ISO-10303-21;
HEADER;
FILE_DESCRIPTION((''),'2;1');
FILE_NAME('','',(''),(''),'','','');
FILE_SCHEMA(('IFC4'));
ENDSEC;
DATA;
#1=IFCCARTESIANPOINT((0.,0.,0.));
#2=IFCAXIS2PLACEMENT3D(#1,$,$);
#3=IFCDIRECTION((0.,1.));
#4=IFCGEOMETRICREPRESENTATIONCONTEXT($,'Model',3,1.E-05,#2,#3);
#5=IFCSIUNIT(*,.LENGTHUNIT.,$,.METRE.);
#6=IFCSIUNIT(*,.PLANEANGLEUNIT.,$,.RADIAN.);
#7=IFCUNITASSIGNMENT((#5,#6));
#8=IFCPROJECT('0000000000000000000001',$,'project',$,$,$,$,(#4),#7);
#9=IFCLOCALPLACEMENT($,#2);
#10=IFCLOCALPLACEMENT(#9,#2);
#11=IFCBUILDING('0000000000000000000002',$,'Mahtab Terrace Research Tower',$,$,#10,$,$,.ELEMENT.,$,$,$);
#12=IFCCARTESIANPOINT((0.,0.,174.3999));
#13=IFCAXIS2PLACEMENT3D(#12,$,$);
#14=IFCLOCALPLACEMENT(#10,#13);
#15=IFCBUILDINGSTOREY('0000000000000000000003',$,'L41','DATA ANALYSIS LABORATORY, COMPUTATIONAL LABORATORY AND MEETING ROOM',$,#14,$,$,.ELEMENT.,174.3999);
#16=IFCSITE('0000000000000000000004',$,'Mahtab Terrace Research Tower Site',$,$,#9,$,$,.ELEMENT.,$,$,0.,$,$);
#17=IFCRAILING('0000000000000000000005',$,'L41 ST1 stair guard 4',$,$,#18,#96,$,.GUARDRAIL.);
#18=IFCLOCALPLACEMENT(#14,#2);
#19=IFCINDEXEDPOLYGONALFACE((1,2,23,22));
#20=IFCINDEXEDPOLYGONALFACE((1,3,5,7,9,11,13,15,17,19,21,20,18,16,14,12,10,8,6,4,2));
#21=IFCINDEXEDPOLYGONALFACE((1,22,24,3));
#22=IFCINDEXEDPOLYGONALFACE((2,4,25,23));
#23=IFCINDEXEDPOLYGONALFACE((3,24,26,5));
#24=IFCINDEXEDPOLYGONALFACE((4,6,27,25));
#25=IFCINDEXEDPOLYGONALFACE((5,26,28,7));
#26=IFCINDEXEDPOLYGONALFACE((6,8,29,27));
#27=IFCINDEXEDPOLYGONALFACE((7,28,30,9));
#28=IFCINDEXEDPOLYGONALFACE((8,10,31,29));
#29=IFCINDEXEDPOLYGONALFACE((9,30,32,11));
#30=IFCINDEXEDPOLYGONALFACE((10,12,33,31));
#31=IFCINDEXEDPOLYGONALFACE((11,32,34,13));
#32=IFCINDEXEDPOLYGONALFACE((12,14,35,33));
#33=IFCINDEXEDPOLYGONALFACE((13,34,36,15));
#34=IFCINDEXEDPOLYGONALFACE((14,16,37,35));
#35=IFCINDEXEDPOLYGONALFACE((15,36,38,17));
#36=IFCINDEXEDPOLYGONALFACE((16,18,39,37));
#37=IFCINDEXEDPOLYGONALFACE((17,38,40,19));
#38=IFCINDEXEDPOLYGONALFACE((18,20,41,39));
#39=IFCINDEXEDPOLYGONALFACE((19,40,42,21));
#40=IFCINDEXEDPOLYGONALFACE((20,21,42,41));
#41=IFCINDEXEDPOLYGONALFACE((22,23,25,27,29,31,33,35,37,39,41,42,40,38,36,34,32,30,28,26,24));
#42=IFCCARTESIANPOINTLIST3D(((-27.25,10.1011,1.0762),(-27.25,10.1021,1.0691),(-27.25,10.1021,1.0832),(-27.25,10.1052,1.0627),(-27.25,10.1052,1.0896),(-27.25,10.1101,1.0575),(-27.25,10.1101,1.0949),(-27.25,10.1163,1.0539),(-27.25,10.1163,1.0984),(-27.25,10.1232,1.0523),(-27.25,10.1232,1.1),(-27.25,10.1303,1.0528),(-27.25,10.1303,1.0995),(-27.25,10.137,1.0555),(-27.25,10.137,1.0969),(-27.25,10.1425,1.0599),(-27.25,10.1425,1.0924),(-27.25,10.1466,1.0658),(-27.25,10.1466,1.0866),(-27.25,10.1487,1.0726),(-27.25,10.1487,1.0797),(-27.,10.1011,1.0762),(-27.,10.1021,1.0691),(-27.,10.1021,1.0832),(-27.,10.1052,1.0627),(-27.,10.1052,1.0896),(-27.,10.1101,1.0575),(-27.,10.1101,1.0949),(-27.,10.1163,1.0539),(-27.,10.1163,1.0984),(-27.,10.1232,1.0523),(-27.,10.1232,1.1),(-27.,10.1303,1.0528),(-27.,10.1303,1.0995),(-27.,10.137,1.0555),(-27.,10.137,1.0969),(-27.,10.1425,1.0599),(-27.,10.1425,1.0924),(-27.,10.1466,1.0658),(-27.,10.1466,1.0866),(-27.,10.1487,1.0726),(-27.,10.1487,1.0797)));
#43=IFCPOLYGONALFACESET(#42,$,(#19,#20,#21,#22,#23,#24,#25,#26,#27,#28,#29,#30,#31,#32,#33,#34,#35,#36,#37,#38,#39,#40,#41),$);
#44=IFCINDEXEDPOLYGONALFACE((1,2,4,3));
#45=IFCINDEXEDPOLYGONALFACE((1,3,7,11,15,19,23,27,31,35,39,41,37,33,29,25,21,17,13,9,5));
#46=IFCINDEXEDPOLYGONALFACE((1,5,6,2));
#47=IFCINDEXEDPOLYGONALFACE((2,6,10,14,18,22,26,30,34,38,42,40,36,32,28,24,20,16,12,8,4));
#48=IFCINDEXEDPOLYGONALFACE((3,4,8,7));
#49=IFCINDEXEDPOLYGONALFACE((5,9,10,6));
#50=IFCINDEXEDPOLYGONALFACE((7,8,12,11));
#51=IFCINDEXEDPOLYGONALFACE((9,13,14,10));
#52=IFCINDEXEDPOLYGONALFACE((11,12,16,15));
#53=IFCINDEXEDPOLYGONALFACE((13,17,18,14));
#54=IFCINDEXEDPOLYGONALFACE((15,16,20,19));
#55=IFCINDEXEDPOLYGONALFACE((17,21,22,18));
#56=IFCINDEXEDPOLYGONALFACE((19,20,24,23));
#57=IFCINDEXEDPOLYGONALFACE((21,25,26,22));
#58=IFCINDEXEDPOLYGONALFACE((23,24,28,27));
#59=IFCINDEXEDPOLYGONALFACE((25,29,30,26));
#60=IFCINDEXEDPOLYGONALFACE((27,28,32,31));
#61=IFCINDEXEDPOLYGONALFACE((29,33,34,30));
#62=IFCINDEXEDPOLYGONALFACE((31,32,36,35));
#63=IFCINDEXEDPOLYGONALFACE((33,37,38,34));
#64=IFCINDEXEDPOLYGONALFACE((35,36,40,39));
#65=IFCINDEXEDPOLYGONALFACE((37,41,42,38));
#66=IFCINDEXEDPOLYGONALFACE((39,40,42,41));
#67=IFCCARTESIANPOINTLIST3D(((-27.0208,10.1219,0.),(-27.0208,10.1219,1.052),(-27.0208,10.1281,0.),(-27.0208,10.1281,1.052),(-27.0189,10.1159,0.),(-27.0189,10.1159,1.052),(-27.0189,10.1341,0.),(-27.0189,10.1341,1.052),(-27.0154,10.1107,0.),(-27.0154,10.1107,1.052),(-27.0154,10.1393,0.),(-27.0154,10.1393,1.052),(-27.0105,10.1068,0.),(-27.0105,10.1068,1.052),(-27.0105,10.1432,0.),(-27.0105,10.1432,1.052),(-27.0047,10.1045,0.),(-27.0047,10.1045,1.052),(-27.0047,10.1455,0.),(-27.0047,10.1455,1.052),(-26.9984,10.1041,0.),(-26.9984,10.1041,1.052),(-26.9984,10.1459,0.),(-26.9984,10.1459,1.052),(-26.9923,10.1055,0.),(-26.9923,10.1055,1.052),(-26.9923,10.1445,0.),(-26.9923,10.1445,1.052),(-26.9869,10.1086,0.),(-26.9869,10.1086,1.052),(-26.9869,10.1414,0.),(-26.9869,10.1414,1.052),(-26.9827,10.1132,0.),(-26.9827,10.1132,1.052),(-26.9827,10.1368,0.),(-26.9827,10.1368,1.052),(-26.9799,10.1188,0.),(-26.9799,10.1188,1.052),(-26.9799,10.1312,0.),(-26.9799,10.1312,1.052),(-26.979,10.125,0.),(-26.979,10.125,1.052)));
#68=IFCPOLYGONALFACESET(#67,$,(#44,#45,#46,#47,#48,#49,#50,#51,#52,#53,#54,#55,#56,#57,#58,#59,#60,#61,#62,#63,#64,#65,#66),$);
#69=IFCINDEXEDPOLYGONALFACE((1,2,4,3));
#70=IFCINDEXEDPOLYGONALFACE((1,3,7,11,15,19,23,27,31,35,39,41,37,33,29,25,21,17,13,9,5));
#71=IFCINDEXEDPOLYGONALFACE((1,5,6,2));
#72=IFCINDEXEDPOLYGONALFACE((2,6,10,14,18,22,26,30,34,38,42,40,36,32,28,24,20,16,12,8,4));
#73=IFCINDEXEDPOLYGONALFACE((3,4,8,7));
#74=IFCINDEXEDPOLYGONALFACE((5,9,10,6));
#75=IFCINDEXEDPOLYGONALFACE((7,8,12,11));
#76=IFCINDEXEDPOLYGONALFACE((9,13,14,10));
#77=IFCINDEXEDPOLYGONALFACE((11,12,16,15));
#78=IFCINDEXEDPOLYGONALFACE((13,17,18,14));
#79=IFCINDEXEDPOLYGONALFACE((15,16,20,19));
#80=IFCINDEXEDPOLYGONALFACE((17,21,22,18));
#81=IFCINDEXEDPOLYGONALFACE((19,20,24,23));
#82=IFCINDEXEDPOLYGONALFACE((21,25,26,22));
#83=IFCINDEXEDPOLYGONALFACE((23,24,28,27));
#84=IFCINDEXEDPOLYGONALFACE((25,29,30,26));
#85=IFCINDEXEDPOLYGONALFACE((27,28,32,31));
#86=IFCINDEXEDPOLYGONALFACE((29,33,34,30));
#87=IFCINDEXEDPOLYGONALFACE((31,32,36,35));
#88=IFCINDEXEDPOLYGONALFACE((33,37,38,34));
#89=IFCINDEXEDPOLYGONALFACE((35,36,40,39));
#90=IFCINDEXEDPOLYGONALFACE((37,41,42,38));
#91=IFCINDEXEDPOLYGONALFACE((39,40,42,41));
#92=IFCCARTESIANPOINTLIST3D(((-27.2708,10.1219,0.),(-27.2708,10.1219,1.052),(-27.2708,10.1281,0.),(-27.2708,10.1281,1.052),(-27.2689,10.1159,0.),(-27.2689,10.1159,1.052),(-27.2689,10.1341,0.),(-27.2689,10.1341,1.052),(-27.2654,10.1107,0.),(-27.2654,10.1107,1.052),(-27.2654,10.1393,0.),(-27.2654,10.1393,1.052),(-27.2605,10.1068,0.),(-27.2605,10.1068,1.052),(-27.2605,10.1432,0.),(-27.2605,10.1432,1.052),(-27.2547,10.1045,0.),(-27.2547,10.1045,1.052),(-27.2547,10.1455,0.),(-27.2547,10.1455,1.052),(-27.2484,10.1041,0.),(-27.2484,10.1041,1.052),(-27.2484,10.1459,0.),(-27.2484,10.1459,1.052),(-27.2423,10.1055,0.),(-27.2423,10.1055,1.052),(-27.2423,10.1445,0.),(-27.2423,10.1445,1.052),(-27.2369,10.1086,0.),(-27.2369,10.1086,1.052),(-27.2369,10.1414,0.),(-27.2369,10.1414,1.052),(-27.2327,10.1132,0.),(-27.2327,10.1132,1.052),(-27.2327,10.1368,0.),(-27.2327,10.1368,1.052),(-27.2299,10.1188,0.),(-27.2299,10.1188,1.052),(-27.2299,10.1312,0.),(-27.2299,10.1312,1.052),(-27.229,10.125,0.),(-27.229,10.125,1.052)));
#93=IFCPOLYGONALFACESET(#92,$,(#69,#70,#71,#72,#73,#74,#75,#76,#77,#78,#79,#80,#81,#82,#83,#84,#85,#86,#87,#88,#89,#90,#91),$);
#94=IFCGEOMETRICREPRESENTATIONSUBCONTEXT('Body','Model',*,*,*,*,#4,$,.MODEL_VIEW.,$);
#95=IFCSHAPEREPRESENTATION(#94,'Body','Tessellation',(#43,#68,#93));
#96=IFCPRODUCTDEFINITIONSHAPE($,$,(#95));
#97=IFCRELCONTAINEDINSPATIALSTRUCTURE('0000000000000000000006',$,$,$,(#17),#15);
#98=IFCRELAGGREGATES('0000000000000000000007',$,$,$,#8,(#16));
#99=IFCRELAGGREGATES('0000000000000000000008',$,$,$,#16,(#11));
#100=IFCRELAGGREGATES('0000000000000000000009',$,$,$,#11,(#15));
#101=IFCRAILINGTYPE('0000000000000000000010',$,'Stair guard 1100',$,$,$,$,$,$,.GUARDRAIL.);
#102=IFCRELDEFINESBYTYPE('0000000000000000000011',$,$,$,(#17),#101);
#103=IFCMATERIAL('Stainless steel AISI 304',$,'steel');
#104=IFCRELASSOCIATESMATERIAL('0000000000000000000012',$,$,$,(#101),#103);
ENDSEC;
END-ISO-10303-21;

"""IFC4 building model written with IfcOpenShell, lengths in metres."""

from ifc_helpers import new_model, si_unit, direction, frame, origin, origin_2d, place, context, subcontext, project, spatial, circle, extrude, material, type_object, element, save


model = new_model("IFC4")

# Units and contexts
model_context = context("Model", 3, precision=1e-05, world=origin(), true_north=direction((0.0, 1.0)))
body_context = subcontext(model_context, "Body", "Model", "MODEL_VIEW")
ifc_project = project(units=[si_unit("LENGTHUNIT", "METRE"), si_unit("PLANEANGLEUNIT", "RADIAN")], contexts=[model_context])

# Site, building, storey
site_placement = place(None, origin())
site = spatial("IfcSite", under=ifc_project, at=site_placement, Name="Mahtab Terrace Research Tower Site", CompositionType="ELEMENT", RefElevation=0.0)
building_placement = place(site_placement, origin())
building = spatial("IfcBuilding", under=site, at=building_placement, Name="Mahtab Terrace Research Tower", CompositionType="ELEMENT")
storey_placement = place(building_placement, frame((0.0, 0.0, 174.3999)))
storey = spatial("IfcBuildingStorey", under=building, at=storey_placement, Name="L41", Description="DATA ANALYSIS LABORATORY, COMPUTATIONAL LABORATORY AND MEETING ROOM", CompositionType="ELEMENT", Elevation=174.3999)

# Railing
ifc_material_1 = material(Name="Stainless steel AISI 304", Category="steel")
railing_type_1 = type_object("IfcRailingType", Name="Stair guard 1100", PredefinedType="GUARDRAIL", material=ifc_material_1)
railing_1_placement = place(storey_placement, frame((-27.0, 10.125, 0.0)))
element("IfcRailing", 1, at=railing_1_placement, inside=storey, type_object=railing_type_1, Name="L41 ST1 stair guard 4", PredefinedType="GUARDRAIL", context=body_context, shape_type="SweptSolid", body=[
    extrude(circle(Radius=0.0239, at=origin_2d()), frame((0.0, 0.0, 1.0762), z_axis=(-1.0, 0.0, 0.0), x_axis=(0.0, -1.0, 0.0)), (0.0, 0.0, 1.0), 0.25),
    extrude(circle(Radius=0.021, at=origin_2d()), origin(), (0.0, 0.0, 1.0), 1.052),
    extrude(circle(Radius=0.021, at=origin_2d()), frame((-0.25, 0.0, 0.0)), (0.0, 0.0, 1.0), 1.052),
])

save(model, "model.ifc")
